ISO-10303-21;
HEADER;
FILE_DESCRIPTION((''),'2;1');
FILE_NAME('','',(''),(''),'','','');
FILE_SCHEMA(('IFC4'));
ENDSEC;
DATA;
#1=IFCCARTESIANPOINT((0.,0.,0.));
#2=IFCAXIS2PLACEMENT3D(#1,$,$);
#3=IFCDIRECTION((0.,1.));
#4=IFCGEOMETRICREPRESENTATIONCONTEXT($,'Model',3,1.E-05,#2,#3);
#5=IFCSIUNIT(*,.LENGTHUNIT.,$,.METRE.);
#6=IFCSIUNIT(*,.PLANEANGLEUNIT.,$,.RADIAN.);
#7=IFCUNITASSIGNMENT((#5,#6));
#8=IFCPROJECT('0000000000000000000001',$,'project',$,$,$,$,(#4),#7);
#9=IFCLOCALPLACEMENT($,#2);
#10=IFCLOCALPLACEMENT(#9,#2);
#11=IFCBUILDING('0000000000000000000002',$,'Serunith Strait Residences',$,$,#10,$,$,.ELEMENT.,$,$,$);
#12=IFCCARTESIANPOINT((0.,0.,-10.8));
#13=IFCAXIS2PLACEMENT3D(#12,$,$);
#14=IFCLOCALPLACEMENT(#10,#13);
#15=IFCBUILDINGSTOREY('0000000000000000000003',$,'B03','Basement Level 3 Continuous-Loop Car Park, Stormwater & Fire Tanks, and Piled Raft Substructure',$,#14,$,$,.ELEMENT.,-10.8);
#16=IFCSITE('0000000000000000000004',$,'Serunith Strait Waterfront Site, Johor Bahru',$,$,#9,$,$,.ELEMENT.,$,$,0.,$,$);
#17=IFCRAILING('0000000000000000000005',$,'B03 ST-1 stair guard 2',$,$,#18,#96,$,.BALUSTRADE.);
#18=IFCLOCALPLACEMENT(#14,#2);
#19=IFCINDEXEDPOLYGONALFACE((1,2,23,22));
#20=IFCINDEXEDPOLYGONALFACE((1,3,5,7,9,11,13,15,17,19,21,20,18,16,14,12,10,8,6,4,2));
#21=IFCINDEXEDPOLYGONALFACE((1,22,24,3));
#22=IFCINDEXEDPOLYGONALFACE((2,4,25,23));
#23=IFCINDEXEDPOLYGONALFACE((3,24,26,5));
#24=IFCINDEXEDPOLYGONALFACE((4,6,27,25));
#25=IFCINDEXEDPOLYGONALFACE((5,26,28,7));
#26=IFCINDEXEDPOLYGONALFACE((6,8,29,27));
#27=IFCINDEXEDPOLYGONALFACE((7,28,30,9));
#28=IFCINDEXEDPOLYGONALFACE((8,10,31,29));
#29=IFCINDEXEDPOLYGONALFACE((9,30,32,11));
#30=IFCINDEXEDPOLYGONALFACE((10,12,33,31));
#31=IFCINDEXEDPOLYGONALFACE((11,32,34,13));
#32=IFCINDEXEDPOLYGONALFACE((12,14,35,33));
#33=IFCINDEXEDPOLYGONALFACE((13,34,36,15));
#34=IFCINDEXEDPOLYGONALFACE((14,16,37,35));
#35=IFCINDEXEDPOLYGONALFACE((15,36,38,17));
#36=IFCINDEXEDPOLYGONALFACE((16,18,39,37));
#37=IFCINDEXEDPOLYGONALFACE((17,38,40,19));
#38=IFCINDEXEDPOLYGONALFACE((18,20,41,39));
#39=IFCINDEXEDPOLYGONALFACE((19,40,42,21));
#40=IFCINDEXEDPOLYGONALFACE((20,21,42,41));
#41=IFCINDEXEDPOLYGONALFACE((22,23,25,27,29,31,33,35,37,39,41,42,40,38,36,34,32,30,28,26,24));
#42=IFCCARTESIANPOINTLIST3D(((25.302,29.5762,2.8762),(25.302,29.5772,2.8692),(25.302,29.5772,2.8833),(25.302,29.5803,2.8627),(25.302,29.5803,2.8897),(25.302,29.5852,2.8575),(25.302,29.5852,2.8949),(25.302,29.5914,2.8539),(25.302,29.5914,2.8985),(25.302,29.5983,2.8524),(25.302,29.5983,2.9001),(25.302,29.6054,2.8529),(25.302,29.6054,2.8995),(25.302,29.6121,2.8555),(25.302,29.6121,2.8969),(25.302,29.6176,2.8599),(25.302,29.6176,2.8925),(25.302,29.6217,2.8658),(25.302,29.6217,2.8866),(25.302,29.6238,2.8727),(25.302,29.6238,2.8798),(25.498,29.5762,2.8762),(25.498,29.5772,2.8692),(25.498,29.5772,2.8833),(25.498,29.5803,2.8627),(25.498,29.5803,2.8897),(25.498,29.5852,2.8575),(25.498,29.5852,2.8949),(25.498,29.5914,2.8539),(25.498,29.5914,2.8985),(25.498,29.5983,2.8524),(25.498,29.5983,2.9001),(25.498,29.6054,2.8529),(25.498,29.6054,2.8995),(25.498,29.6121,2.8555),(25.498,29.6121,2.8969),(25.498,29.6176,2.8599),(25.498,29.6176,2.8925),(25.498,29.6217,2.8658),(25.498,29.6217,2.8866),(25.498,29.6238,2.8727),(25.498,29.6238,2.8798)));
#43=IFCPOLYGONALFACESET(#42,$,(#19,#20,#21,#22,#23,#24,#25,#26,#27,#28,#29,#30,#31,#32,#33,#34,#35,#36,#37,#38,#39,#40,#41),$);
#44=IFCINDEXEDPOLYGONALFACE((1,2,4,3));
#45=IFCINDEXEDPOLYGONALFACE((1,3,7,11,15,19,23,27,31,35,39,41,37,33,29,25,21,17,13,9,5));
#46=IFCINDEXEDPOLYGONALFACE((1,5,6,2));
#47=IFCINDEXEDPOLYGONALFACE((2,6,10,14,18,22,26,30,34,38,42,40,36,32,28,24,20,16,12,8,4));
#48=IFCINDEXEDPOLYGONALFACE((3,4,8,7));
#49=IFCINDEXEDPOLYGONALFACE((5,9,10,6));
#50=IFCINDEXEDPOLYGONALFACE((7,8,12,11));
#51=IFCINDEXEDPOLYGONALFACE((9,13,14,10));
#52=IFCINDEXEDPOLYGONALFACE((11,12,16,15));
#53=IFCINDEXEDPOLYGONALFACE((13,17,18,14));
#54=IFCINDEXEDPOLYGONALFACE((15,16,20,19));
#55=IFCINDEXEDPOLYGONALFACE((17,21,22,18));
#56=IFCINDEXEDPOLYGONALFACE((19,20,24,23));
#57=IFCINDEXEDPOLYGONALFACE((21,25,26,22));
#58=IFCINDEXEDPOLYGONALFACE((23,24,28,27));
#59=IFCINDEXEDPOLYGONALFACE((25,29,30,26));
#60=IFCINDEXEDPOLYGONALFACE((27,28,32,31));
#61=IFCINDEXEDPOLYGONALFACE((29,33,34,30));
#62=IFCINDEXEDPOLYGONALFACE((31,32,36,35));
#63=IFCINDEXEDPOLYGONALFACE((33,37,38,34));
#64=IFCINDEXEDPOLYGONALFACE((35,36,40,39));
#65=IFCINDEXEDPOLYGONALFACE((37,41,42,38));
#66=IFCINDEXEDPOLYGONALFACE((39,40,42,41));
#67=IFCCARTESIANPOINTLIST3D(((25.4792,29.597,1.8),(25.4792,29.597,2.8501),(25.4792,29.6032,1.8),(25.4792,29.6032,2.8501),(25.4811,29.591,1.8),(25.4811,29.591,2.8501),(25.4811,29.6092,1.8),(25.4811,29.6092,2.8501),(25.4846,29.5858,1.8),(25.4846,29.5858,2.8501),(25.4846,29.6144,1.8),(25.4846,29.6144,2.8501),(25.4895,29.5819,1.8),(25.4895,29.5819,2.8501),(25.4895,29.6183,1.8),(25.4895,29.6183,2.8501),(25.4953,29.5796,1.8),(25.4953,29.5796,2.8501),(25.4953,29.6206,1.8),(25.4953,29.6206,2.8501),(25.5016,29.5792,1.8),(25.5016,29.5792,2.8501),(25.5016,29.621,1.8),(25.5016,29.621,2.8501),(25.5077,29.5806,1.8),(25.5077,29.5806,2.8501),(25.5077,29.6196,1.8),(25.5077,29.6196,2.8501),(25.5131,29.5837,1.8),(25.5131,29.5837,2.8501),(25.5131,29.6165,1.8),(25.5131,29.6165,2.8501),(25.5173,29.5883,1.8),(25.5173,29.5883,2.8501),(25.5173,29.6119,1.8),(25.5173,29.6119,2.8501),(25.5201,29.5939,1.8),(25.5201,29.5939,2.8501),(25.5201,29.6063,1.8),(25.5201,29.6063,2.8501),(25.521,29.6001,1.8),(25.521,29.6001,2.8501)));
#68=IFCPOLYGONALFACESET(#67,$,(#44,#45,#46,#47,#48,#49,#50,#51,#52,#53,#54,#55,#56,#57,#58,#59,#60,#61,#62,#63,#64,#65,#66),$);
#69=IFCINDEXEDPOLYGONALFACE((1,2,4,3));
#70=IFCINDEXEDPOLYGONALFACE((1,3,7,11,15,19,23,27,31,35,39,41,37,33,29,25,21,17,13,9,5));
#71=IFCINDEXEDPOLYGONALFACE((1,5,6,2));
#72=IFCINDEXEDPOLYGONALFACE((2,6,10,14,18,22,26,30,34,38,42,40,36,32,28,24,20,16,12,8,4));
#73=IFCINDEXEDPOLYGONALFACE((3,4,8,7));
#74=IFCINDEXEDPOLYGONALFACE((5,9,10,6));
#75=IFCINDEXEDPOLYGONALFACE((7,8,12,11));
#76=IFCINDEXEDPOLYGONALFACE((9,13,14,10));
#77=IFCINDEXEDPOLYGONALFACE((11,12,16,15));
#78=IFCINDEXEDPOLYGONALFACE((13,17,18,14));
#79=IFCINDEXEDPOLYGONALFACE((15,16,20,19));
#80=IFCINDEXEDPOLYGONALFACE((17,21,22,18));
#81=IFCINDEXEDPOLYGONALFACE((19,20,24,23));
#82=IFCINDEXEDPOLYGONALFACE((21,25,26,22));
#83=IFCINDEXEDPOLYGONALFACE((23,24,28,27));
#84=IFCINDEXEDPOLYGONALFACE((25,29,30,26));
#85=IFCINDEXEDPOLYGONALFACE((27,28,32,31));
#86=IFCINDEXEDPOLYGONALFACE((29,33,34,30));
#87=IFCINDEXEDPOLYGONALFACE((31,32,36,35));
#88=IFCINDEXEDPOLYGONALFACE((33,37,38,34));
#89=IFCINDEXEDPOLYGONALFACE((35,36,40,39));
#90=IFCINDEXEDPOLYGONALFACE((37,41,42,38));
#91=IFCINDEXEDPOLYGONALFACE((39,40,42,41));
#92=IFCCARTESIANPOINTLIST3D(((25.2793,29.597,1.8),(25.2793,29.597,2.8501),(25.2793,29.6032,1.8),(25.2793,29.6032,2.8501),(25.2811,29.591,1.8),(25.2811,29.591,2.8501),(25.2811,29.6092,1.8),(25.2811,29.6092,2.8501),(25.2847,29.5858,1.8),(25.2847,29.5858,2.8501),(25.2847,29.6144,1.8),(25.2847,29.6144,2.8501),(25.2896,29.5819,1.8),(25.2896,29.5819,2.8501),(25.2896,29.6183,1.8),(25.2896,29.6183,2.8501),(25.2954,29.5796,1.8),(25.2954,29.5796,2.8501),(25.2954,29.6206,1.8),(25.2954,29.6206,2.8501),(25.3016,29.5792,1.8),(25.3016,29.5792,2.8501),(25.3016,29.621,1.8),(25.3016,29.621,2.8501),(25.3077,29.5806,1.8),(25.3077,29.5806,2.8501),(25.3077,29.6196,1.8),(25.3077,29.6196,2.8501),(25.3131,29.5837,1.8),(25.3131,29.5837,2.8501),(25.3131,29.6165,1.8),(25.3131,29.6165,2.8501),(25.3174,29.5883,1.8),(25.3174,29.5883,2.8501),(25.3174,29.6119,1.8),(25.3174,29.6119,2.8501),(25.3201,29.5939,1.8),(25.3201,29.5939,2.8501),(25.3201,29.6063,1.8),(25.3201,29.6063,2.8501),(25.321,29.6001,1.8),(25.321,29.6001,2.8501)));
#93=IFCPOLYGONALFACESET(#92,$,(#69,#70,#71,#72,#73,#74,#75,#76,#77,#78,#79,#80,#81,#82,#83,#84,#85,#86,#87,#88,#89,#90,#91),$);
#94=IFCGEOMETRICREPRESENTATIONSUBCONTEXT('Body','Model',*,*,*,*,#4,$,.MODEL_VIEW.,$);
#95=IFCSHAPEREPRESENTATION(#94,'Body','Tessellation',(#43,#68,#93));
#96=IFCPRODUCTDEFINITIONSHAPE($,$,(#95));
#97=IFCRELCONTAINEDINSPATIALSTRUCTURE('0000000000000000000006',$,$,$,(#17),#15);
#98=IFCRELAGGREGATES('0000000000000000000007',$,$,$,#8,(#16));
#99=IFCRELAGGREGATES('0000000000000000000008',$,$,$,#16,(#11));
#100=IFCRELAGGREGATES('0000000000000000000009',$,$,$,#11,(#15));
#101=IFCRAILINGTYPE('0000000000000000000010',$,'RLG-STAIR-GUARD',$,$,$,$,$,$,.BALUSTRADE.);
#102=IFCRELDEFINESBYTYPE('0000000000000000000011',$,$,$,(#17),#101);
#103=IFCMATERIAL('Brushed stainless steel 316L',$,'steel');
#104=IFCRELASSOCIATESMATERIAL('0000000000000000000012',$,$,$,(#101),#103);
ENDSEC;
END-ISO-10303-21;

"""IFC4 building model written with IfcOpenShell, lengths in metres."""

from ifc_helpers import new_model, si_unit, direction, frame, origin, origin_2d, place, context, subcontext, project, spatial, circle, extrude, material, type_object, element, save


model = new_model("IFC4")

# Units and contexts
model_context = context("Model", 3, precision=1e-05, world=origin(), true_north=direction((0.0, 1.0)))
body_context = subcontext(model_context, "Body", "Model", "MODEL_VIEW")
ifc_project = project(units=[si_unit("LENGTHUNIT", "METRE"), si_unit("PLANEANGLEUNIT", "RADIAN")], contexts=[model_context])

# Site, building, storey
site_placement = place(None, origin())
site = spatial("IfcSite", under=ifc_project, at=site_placement, Name="Serunith Strait Waterfront Site, Johor Bahru", CompositionType="ELEMENT", RefElevation=0.0)
building_placement = place(site_placement, origin())
building = spatial("IfcBuilding", under=site, at=building_placement, Name="Serunith Strait Residences", CompositionType="ELEMENT")
storey_placement = place(building_placement, frame((0.0, 0.0, -10.8)))
storey = spatial("IfcBuildingStorey", under=building, at=storey_placement, Name="B03", Description="Basement Level 3 Continuous-Loop Car Park, Stormwater & Fire Tanks, and Piled Raft Substructure", CompositionType="ELEMENT", Elevation=-10.8)

# Railing
ifc_material_1 = material(Name="Brushed stainless steel 316L", Category="steel")
railing_type_1 = type_object("IfcRailingType", Name="RLG-STAIR-GUARD", PredefinedType="BALUSTRADE", material=ifc_material_1)
railing_1_placement = place(storey_placement, frame((25.5, 29.6001, 1.8)))
element("IfcRailing", 1, at=railing_1_placement, inside=storey, type_object=railing_type_1, Name="B03 ST-1 stair guard 2", PredefinedType="BALUSTRADE", context=body_context, shape_type="SweptSolid", body=[
    extrude(circle(Radius=0.0239, at=origin_2d()), frame((-0.002, 0.0, 1.0762), z_axis=(-1.0, 0.0, 0.0), x_axis=(0.0, -1.0, 0.0)), (0.0, 0.0, 1.0), 0.196),
    extrude(circle(Radius=0.021, at=origin_2d()), origin(), (0.0, 0.0, 1.0), 1.05),
    extrude(circle(Radius=0.021, at=origin_2d()), frame((-0.2, 0.0, 0.0)), (0.0, 0.0, 1.0), 1.05),
])

save(model, "model.ifc")
